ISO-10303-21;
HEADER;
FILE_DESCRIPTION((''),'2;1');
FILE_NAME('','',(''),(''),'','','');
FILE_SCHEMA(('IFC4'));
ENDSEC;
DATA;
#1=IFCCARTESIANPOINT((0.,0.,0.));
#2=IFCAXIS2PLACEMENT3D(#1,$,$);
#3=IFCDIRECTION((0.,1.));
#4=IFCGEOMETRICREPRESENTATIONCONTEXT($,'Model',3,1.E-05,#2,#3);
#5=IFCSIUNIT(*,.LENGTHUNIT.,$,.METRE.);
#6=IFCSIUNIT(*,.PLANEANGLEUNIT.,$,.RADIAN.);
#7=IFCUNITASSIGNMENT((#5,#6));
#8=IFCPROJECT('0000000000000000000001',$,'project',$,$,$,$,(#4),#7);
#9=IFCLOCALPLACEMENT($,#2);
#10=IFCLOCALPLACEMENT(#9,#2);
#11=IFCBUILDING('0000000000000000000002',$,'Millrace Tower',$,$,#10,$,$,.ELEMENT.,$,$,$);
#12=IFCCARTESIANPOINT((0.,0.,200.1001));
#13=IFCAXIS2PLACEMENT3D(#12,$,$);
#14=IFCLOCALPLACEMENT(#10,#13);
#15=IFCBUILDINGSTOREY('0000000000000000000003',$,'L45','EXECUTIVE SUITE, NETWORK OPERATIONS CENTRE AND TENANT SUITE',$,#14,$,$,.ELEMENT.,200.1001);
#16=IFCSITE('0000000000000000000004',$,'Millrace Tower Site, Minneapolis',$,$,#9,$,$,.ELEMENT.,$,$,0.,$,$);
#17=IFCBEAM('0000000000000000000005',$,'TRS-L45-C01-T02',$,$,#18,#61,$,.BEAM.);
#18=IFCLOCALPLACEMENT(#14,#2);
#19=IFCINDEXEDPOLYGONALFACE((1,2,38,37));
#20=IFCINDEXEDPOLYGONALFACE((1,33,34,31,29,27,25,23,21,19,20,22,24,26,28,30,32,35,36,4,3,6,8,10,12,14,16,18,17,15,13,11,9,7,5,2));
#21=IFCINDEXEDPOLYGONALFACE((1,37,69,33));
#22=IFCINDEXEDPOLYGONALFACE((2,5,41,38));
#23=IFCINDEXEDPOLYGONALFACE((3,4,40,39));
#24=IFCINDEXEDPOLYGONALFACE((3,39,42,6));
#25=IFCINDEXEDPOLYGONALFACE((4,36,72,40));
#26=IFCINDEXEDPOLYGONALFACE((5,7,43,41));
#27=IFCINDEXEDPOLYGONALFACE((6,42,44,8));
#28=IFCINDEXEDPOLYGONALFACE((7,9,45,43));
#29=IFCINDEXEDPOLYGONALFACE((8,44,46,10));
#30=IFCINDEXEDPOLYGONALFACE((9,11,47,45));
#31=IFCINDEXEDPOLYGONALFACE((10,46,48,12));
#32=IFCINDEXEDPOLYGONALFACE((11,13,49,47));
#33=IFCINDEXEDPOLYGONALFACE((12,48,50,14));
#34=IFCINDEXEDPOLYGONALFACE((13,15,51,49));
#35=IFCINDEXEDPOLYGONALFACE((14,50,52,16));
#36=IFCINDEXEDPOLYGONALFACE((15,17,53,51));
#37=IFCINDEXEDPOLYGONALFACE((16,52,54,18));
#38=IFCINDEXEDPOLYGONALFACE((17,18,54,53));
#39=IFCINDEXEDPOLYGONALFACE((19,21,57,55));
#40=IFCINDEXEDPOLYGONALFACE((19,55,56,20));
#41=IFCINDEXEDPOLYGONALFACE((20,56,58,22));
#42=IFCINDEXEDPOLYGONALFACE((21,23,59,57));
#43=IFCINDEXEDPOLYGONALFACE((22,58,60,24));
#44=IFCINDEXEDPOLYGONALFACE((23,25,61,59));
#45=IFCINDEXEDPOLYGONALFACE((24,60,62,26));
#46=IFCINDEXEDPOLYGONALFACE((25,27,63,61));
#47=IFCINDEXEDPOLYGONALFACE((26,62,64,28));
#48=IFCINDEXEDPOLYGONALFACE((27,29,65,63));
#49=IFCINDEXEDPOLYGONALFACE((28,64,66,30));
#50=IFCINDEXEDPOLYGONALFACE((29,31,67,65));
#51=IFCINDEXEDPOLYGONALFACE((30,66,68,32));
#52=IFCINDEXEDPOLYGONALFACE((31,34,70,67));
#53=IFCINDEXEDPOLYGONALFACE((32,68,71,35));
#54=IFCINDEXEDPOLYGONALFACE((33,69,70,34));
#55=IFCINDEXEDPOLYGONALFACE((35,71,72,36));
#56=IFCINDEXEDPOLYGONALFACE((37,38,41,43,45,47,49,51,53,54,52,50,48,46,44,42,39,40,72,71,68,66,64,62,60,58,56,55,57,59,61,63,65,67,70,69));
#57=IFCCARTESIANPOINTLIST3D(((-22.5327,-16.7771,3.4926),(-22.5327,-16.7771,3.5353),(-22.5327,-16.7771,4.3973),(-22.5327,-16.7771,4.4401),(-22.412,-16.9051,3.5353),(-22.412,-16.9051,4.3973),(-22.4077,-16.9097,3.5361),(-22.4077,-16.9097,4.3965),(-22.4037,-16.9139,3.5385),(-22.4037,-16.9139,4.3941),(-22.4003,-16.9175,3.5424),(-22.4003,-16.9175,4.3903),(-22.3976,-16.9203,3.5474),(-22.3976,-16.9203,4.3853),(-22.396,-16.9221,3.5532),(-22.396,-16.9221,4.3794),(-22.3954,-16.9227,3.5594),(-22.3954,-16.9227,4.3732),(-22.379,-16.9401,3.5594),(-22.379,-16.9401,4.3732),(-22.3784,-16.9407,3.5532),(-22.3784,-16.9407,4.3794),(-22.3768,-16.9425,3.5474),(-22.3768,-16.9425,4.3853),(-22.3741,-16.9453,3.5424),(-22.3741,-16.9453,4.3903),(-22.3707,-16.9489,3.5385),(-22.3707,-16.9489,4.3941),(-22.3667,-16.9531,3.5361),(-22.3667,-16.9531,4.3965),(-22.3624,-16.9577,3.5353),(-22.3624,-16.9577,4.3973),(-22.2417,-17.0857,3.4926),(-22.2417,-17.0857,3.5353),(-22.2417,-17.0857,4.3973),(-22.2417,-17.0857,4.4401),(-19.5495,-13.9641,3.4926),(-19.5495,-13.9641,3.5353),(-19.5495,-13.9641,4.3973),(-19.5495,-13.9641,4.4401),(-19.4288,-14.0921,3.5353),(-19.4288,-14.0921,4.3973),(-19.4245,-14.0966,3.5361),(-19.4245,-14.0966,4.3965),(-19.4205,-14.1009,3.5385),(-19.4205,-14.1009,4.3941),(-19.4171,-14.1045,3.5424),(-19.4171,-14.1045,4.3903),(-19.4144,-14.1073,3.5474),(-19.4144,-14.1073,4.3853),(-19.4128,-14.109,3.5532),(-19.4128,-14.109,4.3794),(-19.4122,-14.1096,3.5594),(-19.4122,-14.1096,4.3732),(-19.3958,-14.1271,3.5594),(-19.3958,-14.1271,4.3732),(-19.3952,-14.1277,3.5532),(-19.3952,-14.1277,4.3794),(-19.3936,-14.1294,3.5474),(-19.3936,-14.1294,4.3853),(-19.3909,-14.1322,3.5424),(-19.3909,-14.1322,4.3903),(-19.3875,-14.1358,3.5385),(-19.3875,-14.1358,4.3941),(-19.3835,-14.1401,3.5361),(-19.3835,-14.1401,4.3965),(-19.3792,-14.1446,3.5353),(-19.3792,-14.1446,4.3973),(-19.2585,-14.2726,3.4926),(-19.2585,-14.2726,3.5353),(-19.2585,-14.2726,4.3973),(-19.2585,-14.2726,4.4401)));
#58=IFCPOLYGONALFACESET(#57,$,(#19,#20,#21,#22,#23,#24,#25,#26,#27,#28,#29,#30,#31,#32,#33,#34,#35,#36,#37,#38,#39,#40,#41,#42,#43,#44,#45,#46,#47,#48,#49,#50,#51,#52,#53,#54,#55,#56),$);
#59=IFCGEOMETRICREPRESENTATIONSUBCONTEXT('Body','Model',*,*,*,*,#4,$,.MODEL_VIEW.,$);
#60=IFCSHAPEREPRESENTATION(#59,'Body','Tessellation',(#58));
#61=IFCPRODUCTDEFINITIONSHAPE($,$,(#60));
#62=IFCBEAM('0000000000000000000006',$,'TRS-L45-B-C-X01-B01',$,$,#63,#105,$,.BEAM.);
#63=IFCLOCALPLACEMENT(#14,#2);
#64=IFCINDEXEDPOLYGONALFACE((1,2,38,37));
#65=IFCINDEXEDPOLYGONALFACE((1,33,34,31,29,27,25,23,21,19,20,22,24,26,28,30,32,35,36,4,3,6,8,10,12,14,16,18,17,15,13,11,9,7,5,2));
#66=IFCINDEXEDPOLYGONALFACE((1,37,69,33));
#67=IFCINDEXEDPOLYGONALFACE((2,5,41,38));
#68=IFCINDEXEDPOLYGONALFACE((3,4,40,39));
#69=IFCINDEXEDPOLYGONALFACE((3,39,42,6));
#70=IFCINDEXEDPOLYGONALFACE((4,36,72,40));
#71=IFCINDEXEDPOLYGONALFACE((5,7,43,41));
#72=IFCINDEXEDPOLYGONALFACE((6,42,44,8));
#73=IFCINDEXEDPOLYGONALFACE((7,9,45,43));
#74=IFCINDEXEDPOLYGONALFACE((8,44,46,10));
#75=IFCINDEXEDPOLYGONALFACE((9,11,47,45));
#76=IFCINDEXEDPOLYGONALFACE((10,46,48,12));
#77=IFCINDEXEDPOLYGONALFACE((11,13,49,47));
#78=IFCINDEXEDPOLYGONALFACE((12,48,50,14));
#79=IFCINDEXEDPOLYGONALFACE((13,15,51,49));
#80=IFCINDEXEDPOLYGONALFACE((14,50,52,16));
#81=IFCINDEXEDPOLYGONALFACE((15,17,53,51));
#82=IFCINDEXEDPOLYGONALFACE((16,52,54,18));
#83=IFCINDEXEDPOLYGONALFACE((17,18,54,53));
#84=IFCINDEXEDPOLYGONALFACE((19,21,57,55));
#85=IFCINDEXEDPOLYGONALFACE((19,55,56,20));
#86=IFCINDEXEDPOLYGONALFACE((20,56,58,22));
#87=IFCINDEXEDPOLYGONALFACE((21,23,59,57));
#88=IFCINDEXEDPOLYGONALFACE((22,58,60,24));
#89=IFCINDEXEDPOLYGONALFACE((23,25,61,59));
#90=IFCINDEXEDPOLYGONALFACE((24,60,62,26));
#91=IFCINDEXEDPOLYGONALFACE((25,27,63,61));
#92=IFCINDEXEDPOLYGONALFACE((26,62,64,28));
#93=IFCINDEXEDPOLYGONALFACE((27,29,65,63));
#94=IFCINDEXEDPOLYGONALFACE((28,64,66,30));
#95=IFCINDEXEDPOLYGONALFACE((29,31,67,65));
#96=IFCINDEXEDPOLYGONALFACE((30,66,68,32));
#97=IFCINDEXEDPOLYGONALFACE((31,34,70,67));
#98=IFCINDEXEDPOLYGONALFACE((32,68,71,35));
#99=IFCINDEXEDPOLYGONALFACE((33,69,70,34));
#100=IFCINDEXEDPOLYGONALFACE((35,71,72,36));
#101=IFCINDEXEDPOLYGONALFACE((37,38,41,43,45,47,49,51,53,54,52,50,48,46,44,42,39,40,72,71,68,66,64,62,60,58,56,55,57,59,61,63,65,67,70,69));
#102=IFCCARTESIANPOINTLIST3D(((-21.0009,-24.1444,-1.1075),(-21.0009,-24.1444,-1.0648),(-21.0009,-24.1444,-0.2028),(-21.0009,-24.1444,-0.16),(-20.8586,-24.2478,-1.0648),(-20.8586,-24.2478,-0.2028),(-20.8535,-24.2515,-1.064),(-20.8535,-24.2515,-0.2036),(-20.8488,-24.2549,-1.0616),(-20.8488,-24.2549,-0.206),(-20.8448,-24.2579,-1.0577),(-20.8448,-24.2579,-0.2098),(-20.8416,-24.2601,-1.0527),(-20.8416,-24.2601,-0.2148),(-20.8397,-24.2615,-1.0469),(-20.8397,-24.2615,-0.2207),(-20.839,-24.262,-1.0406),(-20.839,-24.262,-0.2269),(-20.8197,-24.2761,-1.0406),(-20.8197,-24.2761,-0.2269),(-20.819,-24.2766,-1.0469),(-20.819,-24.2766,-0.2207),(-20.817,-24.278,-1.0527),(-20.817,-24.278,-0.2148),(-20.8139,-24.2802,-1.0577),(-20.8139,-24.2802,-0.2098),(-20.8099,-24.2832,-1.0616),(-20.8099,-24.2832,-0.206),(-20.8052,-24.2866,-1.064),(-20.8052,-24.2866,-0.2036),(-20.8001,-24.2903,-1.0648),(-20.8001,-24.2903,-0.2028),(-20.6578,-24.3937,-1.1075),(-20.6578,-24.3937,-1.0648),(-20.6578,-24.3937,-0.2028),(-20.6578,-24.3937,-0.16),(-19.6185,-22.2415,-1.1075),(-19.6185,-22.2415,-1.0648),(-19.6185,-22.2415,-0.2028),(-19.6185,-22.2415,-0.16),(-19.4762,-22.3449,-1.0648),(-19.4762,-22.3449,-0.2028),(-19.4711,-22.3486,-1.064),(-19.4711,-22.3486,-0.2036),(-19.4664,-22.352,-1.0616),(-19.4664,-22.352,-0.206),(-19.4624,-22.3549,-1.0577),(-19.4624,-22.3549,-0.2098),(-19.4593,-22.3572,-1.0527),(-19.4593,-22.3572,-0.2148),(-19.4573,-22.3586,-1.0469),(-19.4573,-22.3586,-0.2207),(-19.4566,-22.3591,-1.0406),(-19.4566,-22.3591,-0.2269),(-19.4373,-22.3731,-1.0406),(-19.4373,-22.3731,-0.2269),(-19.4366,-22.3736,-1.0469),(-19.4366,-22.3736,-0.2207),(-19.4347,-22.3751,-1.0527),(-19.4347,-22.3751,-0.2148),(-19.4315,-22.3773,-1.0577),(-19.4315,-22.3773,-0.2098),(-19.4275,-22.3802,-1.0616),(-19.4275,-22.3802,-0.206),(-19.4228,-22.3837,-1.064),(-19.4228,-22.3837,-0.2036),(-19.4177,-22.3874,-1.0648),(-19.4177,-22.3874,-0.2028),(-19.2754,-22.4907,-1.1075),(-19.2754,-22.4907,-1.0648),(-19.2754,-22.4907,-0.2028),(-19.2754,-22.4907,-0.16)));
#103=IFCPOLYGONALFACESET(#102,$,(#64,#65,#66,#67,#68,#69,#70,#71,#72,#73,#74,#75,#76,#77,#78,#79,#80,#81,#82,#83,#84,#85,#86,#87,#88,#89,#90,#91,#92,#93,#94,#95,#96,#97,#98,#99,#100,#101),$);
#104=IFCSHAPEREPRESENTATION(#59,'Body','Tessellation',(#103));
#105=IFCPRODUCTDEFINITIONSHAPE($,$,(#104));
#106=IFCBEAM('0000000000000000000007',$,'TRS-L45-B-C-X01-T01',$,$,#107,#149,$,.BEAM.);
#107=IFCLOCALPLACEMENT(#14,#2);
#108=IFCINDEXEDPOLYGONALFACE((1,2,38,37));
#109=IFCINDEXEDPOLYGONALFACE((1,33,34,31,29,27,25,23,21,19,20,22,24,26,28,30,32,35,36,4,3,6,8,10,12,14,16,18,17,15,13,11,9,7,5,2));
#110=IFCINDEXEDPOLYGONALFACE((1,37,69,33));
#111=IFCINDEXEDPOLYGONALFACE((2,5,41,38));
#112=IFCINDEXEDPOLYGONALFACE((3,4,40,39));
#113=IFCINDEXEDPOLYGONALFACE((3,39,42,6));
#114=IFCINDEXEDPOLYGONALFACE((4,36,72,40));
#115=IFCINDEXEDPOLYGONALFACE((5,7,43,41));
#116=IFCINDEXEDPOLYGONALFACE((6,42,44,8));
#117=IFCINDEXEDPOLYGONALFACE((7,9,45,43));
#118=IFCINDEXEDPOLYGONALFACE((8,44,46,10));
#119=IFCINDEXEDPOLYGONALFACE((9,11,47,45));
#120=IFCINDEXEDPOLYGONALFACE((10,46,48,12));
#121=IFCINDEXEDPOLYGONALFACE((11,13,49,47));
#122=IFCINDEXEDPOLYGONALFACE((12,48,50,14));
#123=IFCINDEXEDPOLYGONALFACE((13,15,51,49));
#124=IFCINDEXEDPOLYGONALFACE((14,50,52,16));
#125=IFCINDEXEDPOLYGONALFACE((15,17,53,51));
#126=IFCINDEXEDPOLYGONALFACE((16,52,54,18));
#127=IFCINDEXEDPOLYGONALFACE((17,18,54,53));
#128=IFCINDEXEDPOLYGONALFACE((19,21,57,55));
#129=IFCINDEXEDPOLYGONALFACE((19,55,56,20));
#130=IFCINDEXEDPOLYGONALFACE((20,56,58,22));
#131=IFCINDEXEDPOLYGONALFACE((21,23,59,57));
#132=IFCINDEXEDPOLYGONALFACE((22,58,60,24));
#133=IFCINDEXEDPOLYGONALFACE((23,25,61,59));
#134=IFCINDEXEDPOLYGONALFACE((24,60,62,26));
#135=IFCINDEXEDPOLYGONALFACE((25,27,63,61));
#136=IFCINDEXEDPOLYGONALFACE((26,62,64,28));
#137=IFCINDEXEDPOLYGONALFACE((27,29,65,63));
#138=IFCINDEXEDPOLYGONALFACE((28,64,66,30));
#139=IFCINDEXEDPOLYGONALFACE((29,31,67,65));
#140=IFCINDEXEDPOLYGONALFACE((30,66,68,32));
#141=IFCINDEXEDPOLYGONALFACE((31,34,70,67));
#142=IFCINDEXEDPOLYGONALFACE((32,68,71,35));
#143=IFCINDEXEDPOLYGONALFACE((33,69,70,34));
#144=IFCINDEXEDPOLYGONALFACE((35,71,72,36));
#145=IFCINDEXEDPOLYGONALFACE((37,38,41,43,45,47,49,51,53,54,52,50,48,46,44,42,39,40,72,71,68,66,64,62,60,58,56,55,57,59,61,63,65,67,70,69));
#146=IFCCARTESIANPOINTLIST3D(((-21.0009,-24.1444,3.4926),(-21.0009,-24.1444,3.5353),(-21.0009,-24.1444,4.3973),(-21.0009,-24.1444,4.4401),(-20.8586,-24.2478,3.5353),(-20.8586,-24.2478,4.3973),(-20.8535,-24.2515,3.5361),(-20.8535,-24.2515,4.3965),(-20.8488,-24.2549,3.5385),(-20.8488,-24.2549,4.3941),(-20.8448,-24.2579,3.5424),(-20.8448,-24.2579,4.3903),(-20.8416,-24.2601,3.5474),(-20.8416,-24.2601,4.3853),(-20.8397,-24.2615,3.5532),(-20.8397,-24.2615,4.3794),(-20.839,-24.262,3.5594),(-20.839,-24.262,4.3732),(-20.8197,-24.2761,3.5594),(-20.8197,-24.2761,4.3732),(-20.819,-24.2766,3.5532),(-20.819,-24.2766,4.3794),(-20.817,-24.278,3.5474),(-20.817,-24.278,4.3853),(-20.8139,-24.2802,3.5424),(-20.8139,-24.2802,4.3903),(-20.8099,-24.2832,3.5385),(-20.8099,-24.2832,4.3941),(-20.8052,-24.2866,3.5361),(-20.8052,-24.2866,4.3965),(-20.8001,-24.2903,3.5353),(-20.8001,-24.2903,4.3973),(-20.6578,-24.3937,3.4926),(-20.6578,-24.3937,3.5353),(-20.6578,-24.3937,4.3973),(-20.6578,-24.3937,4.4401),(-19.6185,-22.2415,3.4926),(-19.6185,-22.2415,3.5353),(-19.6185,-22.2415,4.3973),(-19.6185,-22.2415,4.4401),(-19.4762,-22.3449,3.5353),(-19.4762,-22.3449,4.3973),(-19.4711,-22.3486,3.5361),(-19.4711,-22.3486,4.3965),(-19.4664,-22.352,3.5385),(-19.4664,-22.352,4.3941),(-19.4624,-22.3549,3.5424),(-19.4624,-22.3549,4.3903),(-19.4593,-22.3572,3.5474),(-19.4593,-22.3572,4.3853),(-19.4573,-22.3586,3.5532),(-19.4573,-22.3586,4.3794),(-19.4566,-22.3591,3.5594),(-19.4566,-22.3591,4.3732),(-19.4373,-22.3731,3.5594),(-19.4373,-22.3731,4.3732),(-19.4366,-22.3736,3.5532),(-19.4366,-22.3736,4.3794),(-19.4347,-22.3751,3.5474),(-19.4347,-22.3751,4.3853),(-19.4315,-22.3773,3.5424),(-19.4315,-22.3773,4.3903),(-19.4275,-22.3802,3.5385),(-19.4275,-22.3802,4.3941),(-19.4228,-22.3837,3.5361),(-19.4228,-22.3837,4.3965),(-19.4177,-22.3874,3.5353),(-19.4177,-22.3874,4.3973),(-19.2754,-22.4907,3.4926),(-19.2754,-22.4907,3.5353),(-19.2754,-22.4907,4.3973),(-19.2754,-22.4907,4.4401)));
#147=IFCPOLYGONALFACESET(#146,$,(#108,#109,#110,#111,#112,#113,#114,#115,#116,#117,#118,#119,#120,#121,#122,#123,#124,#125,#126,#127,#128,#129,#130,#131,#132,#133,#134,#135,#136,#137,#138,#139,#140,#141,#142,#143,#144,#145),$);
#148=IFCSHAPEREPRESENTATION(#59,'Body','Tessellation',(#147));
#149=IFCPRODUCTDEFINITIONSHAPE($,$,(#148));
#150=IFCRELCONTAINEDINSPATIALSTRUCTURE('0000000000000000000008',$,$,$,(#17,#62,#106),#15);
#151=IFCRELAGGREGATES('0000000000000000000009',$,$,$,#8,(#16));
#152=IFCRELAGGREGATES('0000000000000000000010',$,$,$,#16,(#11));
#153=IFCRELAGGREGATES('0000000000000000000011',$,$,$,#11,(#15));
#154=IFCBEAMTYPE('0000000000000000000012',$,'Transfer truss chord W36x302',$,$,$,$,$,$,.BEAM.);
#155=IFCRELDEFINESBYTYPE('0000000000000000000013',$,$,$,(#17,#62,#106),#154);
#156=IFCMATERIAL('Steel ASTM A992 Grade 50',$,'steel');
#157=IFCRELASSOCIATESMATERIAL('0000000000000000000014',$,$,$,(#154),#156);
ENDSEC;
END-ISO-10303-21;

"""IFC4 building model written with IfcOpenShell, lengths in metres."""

from ifc_helpers import new_model, si_unit, direction, frame, origin, origin_2d, place, context, subcontext, project, spatial, i_section, extrude, material, material_profile, profile_set, type_object, element, save


model = new_model("IFC4")

# Units and contexts
model_context = context("Model", 3, precision=1e-05, world=origin(), true_north=direction((0.0, 1.0)))
body_context = subcontext(model_context, "Body", "Model", "MODEL_VIEW")
ifc_project = project(units=[si_unit("LENGTHUNIT", "METRE"), si_unit("PLANEANGLEUNIT", "RADIAN")], contexts=[model_context])

# Site, building, storey
site_placement = place(None, origin())
site = spatial("IfcSite", under=ifc_project, at=site_placement, Name="Millrace Tower Site, Minneapolis", CompositionType="ELEMENT", RefElevation=0.0)
building_placement = place(site_placement, origin())
building = spatial("IfcBuilding", under=site, at=building_placement, Name="Millrace Tower", CompositionType="ELEMENT")
storey_placement = place(building_placement, frame((0.0, 0.0, 200.1001)))
storey = spatial("IfcBuildingStorey", under=building, at=storey_placement, Name="L45", Description="EXECUTIVE SUITE, NETWORK OPERATIONS CENTRE AND TENANT SUITE", CompositionType="ELEMENT", Elevation=200.1001)

# Beams
ifc_material_1 = material(Name="Steel ASTM A992 Grade 50", Category="steel")
ifc_material_profile_1 = material_profile(ifc_material_1, i_section(OverallWidth=0.4241, OverallDepth=0.9475, WebThickness=0.0239, FlangeThickness=0.0427, FilletRadius=0.0242, at=origin_2d()))
ifc_profile_set_1 = profile_set([ifc_material_profile_1], Name="Steel ASTM A992 Grade 50")
beam_type_1 = type_object("IfcBeamType", Name="Transfer truss chord W36x302", PredefinedType="BEAM", material=ifc_profile_set_1)
for number, where, z_axis, x_axis, name in (
    (1, (-22.3872, -16.9314, 3.9663), (0.727553, 0.686052, 0.0), (-0.686052, 0.727553, 0.0), "TRS-L45-C01-T02"),
):
    element("IfcBeam", number, at=place(storey_placement, frame(where, z_axis=z_axis, x_axis=x_axis)), inside=storey, type_object=beam_type_1, Name=name, PredefinedType="BEAM", context=body_context, shape_type="SweptSolid", body=[
        extrude(i_section(OverallWidth=0.4241, OverallDepth=0.9475, WebThickness=0.0239, FlangeThickness=0.0427, FilletRadius=0.0242, at=origin_2d()), origin(), (0.0, 0.0, 1.0), 4.1003),
    ])
for number, where, z_axis, x_axis, name in (
    (2, (-20.8293, -24.269, -0.6338), (0.58774, 0.80905, 0.0), (-0.80905, 0.58774, 0.0), "TRS-L45-B-C-X01-B01"),
    (3, (-20.8293, -24.269, 3.9663), (0.58774, 0.80905, 0.0), (-0.80905, 0.58774, 0.0), "TRS-L45-B-C-X01-T01"),
):
    element("IfcBeam", number, at=place(storey_placement, frame(where, z_axis=z_axis, x_axis=x_axis)), inside=storey, type_object=beam_type_1, Name=name, PredefinedType="BEAM", context=body_context, shape_type="SweptSolid", body=[
        extrude(i_section(OverallWidth=0.4241, OverallDepth=0.9475, WebThickness=0.0239, FlangeThickness=0.0427, FilletRadius=0.0242, at=origin_2d()), origin(), (0.0, 0.0, 1.0), 2.3521),
    ])

save(model, "model.ifc")
